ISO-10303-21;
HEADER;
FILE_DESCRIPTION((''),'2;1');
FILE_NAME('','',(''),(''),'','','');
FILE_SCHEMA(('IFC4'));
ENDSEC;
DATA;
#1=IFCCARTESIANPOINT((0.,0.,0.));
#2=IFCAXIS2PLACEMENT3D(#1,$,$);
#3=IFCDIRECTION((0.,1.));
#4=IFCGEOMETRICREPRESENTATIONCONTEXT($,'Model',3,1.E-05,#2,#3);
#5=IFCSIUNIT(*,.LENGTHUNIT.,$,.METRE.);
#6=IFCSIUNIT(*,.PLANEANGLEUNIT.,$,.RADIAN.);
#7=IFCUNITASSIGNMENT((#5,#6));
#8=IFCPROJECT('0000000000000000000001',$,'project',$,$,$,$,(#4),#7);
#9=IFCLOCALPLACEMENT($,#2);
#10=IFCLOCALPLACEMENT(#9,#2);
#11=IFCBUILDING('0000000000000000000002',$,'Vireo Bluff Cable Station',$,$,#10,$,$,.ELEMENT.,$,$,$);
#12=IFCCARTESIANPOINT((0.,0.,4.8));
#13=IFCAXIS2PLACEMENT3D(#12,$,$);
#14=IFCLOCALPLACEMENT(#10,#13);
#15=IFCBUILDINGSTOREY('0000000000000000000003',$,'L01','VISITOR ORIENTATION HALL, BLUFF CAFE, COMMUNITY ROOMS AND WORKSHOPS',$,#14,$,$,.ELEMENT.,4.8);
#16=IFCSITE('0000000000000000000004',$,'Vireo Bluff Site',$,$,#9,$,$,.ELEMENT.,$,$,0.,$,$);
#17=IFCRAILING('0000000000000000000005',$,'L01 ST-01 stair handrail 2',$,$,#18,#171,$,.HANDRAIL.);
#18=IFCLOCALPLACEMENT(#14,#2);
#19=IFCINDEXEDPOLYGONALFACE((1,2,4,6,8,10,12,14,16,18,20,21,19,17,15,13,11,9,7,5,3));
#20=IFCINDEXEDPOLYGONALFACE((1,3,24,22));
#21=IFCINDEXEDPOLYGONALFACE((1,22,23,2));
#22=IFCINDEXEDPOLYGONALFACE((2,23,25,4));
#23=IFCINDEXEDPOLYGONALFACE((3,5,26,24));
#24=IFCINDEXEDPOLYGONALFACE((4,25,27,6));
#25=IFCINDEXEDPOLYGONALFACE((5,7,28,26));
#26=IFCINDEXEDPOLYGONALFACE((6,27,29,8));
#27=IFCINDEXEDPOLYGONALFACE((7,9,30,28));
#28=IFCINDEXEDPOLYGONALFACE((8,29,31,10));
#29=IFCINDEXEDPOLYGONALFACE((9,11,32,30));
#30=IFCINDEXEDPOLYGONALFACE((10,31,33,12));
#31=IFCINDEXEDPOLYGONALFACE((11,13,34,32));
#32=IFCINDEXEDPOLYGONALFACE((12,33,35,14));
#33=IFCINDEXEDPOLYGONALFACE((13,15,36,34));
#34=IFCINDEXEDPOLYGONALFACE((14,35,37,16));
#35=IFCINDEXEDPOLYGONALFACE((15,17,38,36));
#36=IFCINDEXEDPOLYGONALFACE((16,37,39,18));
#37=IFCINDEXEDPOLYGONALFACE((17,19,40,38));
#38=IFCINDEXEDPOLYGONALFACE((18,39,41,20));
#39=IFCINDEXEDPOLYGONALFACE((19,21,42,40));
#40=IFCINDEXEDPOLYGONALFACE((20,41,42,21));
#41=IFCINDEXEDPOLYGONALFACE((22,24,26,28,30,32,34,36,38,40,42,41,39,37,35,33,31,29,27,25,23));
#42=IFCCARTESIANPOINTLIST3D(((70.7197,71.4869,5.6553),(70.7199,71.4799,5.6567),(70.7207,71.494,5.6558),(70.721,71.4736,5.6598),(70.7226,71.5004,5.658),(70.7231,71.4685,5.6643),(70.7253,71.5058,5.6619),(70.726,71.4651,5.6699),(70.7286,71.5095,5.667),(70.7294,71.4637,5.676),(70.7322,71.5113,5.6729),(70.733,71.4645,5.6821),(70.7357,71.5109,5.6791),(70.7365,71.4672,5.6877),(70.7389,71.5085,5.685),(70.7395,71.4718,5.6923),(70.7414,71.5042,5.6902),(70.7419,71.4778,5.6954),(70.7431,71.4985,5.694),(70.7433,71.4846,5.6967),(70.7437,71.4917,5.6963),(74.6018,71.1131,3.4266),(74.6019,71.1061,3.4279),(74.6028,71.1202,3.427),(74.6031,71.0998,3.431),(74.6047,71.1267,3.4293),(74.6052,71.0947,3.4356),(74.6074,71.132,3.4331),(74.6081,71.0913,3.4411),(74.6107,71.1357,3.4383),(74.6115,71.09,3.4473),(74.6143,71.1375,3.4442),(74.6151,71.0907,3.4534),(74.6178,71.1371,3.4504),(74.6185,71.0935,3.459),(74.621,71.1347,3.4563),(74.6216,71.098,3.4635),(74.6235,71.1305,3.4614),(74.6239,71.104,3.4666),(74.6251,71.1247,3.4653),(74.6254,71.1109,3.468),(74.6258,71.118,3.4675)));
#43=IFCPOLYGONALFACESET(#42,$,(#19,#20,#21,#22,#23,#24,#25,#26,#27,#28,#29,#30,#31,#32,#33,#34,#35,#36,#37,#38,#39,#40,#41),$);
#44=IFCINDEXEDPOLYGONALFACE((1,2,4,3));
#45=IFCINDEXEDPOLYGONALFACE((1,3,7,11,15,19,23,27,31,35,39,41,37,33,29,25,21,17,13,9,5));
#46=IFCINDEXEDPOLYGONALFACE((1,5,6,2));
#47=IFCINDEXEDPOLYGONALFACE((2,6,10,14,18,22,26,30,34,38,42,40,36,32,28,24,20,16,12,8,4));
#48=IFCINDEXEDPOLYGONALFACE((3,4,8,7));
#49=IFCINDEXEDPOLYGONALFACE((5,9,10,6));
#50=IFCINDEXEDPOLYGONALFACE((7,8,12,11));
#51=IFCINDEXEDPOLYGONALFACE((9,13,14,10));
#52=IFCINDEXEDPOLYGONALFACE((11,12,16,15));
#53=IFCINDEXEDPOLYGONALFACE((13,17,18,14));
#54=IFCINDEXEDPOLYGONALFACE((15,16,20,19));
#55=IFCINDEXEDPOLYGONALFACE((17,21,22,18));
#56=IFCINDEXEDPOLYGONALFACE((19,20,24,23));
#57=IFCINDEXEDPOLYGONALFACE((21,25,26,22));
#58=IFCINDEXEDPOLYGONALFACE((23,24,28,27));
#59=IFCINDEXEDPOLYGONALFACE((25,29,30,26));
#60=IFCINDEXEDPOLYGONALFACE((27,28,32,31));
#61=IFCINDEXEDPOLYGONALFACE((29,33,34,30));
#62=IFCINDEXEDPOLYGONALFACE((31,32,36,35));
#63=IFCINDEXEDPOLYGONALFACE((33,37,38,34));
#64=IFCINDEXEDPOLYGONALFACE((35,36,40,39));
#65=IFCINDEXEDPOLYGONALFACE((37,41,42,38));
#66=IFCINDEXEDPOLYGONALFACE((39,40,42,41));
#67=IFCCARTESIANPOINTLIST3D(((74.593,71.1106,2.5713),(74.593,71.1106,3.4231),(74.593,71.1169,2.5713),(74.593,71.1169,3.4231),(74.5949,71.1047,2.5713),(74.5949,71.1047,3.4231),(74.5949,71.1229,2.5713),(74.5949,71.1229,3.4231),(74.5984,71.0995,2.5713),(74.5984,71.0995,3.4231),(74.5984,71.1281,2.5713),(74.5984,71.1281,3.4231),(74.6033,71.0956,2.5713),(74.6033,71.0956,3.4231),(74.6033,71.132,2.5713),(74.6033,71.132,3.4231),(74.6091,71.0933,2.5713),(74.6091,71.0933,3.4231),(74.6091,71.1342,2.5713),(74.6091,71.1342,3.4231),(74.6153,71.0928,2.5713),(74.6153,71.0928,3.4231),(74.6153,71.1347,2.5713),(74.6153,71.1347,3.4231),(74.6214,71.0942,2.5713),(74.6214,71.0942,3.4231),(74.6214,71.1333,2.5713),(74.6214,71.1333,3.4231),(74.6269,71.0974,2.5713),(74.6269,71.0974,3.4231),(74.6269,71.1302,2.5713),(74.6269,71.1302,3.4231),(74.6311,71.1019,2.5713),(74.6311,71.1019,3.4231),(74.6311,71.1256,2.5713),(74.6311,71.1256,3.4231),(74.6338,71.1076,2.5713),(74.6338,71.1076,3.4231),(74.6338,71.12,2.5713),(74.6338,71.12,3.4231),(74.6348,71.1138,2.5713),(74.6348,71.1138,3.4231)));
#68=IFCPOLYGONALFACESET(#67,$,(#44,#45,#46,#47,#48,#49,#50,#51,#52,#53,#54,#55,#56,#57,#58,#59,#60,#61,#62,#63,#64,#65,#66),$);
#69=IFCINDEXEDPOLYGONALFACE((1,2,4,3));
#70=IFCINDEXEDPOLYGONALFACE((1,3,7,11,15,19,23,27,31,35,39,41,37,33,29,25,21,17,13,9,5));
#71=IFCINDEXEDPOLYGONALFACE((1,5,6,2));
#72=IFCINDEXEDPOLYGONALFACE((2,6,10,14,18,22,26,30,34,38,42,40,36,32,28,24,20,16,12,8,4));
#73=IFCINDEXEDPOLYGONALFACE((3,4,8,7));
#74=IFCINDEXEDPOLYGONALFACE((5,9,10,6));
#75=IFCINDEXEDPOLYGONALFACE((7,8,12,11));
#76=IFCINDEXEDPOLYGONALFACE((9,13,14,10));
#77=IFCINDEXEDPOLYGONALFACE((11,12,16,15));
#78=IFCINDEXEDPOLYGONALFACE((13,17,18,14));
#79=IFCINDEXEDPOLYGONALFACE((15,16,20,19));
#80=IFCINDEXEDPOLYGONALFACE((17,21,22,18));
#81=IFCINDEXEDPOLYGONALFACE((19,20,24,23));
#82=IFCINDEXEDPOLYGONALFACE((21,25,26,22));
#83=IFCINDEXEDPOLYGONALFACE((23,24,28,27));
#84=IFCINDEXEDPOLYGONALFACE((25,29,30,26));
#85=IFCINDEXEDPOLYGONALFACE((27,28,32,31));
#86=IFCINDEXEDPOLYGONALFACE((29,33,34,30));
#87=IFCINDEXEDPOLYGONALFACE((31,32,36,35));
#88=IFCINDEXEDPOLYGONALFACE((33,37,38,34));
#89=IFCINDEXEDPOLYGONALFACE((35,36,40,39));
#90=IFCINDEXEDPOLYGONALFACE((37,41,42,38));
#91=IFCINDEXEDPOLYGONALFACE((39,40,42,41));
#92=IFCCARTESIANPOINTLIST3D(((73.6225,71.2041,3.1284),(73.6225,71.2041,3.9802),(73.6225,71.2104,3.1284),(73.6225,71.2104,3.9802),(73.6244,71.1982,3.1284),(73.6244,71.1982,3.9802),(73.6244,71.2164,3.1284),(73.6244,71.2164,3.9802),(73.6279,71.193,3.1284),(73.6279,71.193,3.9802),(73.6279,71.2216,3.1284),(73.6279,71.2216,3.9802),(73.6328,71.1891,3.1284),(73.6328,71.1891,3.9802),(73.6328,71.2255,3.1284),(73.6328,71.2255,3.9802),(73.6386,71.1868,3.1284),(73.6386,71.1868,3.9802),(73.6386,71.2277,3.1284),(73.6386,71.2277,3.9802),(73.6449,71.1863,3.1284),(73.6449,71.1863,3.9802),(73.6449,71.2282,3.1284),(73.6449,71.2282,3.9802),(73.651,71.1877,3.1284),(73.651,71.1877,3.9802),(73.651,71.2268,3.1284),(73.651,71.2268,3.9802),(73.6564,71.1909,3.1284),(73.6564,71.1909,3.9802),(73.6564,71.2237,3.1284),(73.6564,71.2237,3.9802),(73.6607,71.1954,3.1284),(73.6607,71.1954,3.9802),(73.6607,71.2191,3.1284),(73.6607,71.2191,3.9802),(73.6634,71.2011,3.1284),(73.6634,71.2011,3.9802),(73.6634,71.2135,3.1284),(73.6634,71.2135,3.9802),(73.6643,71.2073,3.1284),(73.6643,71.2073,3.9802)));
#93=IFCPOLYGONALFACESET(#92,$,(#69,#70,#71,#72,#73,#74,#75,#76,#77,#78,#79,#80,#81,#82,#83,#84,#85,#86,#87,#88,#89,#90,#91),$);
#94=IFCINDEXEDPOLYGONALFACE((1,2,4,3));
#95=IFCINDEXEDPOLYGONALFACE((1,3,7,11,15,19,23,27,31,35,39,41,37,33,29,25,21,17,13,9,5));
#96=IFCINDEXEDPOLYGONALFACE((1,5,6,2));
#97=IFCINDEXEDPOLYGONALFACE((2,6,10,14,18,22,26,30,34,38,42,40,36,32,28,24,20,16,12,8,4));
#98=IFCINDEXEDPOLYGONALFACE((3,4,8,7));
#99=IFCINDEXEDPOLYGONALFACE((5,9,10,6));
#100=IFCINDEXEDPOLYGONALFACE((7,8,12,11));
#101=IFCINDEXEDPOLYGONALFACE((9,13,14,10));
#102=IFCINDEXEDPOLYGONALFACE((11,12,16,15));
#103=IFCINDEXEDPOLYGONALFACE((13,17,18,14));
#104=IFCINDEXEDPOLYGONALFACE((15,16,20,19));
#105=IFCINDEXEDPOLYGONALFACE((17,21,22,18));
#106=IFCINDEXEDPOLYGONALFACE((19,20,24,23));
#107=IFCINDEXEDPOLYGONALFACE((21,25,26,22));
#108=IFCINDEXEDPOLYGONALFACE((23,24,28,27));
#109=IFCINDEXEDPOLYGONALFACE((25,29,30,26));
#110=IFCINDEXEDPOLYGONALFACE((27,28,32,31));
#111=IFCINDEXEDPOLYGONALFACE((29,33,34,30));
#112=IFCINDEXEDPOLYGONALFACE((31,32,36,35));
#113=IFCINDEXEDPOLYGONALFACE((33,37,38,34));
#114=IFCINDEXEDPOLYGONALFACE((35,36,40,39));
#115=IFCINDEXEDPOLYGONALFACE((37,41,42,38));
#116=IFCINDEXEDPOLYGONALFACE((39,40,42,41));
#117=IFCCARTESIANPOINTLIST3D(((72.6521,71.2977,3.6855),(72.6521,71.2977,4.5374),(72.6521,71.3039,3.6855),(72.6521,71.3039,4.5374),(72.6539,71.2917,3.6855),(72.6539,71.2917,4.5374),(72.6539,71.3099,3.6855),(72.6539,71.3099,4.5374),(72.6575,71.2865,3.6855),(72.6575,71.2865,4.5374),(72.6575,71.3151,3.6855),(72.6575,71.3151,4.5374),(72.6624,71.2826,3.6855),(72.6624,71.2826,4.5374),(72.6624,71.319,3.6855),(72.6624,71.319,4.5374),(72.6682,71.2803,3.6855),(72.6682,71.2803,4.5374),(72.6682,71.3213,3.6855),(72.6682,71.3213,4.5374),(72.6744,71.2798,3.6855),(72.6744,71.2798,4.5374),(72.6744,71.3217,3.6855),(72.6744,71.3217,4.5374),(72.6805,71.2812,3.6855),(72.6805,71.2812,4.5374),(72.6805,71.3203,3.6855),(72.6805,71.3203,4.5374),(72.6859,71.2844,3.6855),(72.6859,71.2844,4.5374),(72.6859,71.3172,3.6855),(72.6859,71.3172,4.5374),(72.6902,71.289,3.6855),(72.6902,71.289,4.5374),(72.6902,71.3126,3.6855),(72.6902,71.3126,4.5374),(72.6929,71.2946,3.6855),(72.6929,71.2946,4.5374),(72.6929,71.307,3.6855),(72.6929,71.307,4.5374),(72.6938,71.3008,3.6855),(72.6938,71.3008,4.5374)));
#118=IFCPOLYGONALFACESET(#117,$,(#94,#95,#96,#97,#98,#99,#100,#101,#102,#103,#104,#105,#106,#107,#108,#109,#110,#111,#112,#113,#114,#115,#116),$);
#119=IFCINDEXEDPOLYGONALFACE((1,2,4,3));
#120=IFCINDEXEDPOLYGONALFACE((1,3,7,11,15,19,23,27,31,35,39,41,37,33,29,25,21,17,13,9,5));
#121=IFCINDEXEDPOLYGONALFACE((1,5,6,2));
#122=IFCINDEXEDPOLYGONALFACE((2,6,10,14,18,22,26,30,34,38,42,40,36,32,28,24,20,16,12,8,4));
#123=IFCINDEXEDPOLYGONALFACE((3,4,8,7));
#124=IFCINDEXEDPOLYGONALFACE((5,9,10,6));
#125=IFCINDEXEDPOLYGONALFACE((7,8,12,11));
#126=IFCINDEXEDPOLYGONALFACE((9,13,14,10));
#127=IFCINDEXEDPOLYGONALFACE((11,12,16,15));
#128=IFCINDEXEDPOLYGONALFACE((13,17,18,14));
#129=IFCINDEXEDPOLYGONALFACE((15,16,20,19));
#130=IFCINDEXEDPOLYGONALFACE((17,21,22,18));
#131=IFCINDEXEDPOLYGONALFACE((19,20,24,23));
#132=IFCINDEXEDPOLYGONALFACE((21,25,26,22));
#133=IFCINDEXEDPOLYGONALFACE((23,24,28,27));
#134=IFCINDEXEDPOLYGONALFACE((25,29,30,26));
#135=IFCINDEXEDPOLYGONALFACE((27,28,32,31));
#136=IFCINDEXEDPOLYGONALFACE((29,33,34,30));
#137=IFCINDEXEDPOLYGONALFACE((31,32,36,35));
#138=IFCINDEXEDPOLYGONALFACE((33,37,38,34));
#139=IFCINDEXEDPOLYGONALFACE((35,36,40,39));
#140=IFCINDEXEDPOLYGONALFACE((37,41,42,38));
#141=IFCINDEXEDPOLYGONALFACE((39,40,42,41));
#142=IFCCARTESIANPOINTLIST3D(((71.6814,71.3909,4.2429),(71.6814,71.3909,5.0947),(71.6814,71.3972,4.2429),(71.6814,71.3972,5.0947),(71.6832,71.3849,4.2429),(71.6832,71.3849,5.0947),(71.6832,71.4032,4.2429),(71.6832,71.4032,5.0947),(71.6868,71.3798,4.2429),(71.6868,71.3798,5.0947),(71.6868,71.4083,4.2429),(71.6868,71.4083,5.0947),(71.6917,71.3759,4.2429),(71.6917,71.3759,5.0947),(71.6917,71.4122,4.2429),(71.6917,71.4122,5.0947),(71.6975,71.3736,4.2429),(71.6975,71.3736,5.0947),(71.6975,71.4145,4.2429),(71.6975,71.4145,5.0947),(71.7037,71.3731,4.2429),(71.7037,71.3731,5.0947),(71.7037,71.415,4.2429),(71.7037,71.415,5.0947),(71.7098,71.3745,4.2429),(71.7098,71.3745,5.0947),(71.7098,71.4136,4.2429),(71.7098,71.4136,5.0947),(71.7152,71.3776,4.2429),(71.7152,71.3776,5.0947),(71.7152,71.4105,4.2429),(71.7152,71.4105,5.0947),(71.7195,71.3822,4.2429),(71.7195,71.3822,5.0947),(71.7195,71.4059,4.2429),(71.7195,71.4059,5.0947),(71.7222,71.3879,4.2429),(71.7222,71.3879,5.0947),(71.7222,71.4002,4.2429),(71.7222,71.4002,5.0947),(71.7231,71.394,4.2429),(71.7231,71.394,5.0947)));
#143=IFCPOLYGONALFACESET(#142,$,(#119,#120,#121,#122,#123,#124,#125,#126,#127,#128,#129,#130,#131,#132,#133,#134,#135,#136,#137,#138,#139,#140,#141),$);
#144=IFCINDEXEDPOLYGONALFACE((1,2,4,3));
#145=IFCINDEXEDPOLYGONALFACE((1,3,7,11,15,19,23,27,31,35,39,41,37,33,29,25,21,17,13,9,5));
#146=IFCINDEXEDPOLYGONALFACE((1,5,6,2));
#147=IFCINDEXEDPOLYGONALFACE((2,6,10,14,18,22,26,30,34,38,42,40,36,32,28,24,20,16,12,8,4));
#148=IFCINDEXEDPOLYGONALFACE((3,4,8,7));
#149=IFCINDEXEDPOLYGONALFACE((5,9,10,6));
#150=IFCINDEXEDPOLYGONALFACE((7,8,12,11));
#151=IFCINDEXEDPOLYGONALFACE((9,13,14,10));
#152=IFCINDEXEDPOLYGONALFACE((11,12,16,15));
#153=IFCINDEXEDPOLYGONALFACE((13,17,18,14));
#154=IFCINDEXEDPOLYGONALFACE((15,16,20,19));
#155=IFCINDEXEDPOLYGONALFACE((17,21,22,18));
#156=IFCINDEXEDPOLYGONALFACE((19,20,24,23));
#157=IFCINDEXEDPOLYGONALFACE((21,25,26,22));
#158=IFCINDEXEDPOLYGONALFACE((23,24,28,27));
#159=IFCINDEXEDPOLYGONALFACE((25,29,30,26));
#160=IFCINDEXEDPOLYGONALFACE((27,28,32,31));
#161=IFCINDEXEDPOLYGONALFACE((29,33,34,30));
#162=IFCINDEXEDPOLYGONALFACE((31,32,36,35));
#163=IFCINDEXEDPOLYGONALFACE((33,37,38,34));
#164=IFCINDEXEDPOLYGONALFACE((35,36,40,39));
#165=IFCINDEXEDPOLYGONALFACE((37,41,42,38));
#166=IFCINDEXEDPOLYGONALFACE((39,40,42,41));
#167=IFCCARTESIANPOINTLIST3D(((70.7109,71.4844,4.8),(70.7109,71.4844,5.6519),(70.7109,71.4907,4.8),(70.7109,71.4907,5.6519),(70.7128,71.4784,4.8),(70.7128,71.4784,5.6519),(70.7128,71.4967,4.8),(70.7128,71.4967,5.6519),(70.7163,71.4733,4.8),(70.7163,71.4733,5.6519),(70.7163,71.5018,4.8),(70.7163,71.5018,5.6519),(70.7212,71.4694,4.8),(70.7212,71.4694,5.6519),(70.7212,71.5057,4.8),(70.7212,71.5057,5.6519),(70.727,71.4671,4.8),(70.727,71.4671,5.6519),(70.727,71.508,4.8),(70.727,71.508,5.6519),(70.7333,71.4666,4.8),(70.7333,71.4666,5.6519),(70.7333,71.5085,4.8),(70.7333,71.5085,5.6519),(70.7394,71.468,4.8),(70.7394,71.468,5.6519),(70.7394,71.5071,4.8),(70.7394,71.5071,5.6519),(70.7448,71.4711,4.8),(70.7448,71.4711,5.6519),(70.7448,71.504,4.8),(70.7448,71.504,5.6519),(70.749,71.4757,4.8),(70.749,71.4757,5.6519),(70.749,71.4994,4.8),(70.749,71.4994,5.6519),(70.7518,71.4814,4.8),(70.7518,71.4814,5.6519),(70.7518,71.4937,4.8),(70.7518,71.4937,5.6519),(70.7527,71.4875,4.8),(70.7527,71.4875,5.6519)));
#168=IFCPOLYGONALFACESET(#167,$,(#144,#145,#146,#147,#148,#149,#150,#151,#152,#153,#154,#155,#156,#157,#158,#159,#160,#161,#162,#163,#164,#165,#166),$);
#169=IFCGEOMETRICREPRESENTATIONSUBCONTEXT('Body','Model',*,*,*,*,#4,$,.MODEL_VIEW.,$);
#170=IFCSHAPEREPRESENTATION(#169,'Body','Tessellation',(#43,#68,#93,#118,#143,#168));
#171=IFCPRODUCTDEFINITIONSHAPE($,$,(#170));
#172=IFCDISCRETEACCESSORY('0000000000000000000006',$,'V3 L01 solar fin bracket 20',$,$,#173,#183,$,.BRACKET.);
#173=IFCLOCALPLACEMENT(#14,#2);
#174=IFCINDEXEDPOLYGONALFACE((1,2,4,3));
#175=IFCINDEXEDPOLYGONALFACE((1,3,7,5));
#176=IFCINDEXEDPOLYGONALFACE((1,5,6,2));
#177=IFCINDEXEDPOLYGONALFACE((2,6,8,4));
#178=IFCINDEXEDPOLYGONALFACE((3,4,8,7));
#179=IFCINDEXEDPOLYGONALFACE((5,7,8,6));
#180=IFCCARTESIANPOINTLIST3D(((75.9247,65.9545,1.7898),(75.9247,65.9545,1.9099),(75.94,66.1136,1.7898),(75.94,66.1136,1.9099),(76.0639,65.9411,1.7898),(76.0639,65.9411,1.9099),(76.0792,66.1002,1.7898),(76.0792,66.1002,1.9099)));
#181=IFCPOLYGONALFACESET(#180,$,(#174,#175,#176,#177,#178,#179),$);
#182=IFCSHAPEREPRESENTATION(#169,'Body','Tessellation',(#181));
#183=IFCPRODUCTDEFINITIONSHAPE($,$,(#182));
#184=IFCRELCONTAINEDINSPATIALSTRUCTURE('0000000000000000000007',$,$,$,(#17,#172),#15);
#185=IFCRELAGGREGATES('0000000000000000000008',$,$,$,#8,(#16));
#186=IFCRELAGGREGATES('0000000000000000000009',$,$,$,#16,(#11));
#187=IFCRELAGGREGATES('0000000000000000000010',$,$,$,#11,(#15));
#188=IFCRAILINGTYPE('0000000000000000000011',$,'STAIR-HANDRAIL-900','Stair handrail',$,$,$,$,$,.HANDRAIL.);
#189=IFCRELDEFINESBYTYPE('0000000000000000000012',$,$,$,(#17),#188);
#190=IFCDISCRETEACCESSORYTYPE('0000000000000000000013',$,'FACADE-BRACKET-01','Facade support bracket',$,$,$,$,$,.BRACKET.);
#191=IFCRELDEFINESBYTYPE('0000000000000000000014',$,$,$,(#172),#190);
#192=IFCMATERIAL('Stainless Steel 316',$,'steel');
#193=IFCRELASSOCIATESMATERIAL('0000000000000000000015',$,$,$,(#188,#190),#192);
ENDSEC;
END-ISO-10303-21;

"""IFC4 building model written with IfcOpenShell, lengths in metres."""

from ifc_helpers import new_model, si_unit, direction, frame, origin, origin_2d, place, context, subcontext, project, spatial, rectangle, circle, extrude, material, type_object, element, save


model = new_model("IFC4")

# Units and contexts
model_context = context("Model", 3, precision=1e-05, world=origin(), true_north=direction((0.0, 1.0)))
body_context = subcontext(model_context, "Body", "Model", "MODEL_VIEW")
ifc_project = project(units=[si_unit("LENGTHUNIT", "METRE"), si_unit("PLANEANGLEUNIT", "RADIAN")], contexts=[model_context])

# Site, building, storey
site_placement = place(None, origin())
site = spatial("IfcSite", under=ifc_project, at=site_placement, Name="Vireo Bluff Site", CompositionType="ELEMENT", RefElevation=0.0)
building_placement = place(site_placement, origin())
building = spatial("IfcBuilding", under=site, at=building_placement, Name="Vireo Bluff Cable Station", CompositionType="ELEMENT")
storey_placement = place(building_placement, frame((0.0, 0.0, 4.8)))
storey = spatial("IfcBuildingStorey", under=building, at=storey_placement, Name="L01", Description="VISITOR ORIENTATION HALL, BLUFF CAFE, COMMUNITY ROOMS AND WORKSHOPS", CompositionType="ELEMENT", Elevation=4.8)

# Shared definitions
ifc_material_1 = material(Name="Stainless Steel 316", Category="steel")

# Railing
railing_type_1 = type_object("IfcRailingType", Name="STAIR-HANDRAIL-900", Description="Stair handrail", PredefinedType="HANDRAIL", material=ifc_material_1)
railing_1_placement = place(storey_placement, frame((74.6138, 71.1138, 2.5713)))
element("IfcRailing", 1, at=railing_1_placement, inside=storey, type_object=railing_type_1, Name="L01 ST-01 stair handrail 2", PredefinedType="HANDRAIL", context=body_context, shape_type="SweptSolid", body=[
    extrude(circle(Radius=0.0239, at=origin_2d()), frame((0.0, 0.0, 0.876), z_axis=(-0.86423, 0.083211, 0.496167), x_axis=(-0.09584, -0.995397, 0.0)), (0.0, 0.0, 1.0), 4.4919),
    extrude(circle(Radius=0.021, at=origin_2d()), origin(), (0.0, 0.0, 1.0), 0.8518),
    extrude(circle(Radius=0.021, at=origin_2d()), frame((-0.9705, 0.0935, 0.5571)), (0.0, 0.0, 1.0), 0.8518),
    extrude(circle(Radius=0.021, at=origin_2d()), frame((-1.9409, 0.187, 1.1143)), (0.0, 0.0, 1.0), 0.8518),
    extrude(circle(Radius=0.021, at=origin_2d()), frame((-2.9116, 0.2803, 1.6716)), (0.0, 0.0, 1.0), 0.8518),
    extrude(circle(Radius=0.021, at=origin_2d()), frame((-3.8821, 0.3738, 2.2288)), (0.0, 0.0, 1.0), 0.8518),
])

# Discrete accessory
discrete_accessory_type = type_object("IfcDiscreteAccessoryType", Name="FACADE-BRACKET-01", Description="Facade support bracket", PredefinedType="BRACKET", material=ifc_material_1)
discrete_accessory_placement = place(storey_placement, frame((76.002, 66.0273, 1.7898), z_axis=(0.0, 0.0, 1.0), x_axis=(-0.995396, 0.095846, 0.0)))
element("IfcDiscreteAccessory", 2, at=discrete_accessory_placement, inside=storey, type_object=discrete_accessory_type, Name="V3 L01 solar fin bracket 20", PredefinedType="BRACKET", context=body_context, shape_type="SweptSolid", body=[
    extrude(rectangle(XDim=0.1399, YDim=0.1599, at=origin_2d()), origin(), (0.0, 0.0, 1.0), 0.1201),
])

save(model, "model.ifc")
